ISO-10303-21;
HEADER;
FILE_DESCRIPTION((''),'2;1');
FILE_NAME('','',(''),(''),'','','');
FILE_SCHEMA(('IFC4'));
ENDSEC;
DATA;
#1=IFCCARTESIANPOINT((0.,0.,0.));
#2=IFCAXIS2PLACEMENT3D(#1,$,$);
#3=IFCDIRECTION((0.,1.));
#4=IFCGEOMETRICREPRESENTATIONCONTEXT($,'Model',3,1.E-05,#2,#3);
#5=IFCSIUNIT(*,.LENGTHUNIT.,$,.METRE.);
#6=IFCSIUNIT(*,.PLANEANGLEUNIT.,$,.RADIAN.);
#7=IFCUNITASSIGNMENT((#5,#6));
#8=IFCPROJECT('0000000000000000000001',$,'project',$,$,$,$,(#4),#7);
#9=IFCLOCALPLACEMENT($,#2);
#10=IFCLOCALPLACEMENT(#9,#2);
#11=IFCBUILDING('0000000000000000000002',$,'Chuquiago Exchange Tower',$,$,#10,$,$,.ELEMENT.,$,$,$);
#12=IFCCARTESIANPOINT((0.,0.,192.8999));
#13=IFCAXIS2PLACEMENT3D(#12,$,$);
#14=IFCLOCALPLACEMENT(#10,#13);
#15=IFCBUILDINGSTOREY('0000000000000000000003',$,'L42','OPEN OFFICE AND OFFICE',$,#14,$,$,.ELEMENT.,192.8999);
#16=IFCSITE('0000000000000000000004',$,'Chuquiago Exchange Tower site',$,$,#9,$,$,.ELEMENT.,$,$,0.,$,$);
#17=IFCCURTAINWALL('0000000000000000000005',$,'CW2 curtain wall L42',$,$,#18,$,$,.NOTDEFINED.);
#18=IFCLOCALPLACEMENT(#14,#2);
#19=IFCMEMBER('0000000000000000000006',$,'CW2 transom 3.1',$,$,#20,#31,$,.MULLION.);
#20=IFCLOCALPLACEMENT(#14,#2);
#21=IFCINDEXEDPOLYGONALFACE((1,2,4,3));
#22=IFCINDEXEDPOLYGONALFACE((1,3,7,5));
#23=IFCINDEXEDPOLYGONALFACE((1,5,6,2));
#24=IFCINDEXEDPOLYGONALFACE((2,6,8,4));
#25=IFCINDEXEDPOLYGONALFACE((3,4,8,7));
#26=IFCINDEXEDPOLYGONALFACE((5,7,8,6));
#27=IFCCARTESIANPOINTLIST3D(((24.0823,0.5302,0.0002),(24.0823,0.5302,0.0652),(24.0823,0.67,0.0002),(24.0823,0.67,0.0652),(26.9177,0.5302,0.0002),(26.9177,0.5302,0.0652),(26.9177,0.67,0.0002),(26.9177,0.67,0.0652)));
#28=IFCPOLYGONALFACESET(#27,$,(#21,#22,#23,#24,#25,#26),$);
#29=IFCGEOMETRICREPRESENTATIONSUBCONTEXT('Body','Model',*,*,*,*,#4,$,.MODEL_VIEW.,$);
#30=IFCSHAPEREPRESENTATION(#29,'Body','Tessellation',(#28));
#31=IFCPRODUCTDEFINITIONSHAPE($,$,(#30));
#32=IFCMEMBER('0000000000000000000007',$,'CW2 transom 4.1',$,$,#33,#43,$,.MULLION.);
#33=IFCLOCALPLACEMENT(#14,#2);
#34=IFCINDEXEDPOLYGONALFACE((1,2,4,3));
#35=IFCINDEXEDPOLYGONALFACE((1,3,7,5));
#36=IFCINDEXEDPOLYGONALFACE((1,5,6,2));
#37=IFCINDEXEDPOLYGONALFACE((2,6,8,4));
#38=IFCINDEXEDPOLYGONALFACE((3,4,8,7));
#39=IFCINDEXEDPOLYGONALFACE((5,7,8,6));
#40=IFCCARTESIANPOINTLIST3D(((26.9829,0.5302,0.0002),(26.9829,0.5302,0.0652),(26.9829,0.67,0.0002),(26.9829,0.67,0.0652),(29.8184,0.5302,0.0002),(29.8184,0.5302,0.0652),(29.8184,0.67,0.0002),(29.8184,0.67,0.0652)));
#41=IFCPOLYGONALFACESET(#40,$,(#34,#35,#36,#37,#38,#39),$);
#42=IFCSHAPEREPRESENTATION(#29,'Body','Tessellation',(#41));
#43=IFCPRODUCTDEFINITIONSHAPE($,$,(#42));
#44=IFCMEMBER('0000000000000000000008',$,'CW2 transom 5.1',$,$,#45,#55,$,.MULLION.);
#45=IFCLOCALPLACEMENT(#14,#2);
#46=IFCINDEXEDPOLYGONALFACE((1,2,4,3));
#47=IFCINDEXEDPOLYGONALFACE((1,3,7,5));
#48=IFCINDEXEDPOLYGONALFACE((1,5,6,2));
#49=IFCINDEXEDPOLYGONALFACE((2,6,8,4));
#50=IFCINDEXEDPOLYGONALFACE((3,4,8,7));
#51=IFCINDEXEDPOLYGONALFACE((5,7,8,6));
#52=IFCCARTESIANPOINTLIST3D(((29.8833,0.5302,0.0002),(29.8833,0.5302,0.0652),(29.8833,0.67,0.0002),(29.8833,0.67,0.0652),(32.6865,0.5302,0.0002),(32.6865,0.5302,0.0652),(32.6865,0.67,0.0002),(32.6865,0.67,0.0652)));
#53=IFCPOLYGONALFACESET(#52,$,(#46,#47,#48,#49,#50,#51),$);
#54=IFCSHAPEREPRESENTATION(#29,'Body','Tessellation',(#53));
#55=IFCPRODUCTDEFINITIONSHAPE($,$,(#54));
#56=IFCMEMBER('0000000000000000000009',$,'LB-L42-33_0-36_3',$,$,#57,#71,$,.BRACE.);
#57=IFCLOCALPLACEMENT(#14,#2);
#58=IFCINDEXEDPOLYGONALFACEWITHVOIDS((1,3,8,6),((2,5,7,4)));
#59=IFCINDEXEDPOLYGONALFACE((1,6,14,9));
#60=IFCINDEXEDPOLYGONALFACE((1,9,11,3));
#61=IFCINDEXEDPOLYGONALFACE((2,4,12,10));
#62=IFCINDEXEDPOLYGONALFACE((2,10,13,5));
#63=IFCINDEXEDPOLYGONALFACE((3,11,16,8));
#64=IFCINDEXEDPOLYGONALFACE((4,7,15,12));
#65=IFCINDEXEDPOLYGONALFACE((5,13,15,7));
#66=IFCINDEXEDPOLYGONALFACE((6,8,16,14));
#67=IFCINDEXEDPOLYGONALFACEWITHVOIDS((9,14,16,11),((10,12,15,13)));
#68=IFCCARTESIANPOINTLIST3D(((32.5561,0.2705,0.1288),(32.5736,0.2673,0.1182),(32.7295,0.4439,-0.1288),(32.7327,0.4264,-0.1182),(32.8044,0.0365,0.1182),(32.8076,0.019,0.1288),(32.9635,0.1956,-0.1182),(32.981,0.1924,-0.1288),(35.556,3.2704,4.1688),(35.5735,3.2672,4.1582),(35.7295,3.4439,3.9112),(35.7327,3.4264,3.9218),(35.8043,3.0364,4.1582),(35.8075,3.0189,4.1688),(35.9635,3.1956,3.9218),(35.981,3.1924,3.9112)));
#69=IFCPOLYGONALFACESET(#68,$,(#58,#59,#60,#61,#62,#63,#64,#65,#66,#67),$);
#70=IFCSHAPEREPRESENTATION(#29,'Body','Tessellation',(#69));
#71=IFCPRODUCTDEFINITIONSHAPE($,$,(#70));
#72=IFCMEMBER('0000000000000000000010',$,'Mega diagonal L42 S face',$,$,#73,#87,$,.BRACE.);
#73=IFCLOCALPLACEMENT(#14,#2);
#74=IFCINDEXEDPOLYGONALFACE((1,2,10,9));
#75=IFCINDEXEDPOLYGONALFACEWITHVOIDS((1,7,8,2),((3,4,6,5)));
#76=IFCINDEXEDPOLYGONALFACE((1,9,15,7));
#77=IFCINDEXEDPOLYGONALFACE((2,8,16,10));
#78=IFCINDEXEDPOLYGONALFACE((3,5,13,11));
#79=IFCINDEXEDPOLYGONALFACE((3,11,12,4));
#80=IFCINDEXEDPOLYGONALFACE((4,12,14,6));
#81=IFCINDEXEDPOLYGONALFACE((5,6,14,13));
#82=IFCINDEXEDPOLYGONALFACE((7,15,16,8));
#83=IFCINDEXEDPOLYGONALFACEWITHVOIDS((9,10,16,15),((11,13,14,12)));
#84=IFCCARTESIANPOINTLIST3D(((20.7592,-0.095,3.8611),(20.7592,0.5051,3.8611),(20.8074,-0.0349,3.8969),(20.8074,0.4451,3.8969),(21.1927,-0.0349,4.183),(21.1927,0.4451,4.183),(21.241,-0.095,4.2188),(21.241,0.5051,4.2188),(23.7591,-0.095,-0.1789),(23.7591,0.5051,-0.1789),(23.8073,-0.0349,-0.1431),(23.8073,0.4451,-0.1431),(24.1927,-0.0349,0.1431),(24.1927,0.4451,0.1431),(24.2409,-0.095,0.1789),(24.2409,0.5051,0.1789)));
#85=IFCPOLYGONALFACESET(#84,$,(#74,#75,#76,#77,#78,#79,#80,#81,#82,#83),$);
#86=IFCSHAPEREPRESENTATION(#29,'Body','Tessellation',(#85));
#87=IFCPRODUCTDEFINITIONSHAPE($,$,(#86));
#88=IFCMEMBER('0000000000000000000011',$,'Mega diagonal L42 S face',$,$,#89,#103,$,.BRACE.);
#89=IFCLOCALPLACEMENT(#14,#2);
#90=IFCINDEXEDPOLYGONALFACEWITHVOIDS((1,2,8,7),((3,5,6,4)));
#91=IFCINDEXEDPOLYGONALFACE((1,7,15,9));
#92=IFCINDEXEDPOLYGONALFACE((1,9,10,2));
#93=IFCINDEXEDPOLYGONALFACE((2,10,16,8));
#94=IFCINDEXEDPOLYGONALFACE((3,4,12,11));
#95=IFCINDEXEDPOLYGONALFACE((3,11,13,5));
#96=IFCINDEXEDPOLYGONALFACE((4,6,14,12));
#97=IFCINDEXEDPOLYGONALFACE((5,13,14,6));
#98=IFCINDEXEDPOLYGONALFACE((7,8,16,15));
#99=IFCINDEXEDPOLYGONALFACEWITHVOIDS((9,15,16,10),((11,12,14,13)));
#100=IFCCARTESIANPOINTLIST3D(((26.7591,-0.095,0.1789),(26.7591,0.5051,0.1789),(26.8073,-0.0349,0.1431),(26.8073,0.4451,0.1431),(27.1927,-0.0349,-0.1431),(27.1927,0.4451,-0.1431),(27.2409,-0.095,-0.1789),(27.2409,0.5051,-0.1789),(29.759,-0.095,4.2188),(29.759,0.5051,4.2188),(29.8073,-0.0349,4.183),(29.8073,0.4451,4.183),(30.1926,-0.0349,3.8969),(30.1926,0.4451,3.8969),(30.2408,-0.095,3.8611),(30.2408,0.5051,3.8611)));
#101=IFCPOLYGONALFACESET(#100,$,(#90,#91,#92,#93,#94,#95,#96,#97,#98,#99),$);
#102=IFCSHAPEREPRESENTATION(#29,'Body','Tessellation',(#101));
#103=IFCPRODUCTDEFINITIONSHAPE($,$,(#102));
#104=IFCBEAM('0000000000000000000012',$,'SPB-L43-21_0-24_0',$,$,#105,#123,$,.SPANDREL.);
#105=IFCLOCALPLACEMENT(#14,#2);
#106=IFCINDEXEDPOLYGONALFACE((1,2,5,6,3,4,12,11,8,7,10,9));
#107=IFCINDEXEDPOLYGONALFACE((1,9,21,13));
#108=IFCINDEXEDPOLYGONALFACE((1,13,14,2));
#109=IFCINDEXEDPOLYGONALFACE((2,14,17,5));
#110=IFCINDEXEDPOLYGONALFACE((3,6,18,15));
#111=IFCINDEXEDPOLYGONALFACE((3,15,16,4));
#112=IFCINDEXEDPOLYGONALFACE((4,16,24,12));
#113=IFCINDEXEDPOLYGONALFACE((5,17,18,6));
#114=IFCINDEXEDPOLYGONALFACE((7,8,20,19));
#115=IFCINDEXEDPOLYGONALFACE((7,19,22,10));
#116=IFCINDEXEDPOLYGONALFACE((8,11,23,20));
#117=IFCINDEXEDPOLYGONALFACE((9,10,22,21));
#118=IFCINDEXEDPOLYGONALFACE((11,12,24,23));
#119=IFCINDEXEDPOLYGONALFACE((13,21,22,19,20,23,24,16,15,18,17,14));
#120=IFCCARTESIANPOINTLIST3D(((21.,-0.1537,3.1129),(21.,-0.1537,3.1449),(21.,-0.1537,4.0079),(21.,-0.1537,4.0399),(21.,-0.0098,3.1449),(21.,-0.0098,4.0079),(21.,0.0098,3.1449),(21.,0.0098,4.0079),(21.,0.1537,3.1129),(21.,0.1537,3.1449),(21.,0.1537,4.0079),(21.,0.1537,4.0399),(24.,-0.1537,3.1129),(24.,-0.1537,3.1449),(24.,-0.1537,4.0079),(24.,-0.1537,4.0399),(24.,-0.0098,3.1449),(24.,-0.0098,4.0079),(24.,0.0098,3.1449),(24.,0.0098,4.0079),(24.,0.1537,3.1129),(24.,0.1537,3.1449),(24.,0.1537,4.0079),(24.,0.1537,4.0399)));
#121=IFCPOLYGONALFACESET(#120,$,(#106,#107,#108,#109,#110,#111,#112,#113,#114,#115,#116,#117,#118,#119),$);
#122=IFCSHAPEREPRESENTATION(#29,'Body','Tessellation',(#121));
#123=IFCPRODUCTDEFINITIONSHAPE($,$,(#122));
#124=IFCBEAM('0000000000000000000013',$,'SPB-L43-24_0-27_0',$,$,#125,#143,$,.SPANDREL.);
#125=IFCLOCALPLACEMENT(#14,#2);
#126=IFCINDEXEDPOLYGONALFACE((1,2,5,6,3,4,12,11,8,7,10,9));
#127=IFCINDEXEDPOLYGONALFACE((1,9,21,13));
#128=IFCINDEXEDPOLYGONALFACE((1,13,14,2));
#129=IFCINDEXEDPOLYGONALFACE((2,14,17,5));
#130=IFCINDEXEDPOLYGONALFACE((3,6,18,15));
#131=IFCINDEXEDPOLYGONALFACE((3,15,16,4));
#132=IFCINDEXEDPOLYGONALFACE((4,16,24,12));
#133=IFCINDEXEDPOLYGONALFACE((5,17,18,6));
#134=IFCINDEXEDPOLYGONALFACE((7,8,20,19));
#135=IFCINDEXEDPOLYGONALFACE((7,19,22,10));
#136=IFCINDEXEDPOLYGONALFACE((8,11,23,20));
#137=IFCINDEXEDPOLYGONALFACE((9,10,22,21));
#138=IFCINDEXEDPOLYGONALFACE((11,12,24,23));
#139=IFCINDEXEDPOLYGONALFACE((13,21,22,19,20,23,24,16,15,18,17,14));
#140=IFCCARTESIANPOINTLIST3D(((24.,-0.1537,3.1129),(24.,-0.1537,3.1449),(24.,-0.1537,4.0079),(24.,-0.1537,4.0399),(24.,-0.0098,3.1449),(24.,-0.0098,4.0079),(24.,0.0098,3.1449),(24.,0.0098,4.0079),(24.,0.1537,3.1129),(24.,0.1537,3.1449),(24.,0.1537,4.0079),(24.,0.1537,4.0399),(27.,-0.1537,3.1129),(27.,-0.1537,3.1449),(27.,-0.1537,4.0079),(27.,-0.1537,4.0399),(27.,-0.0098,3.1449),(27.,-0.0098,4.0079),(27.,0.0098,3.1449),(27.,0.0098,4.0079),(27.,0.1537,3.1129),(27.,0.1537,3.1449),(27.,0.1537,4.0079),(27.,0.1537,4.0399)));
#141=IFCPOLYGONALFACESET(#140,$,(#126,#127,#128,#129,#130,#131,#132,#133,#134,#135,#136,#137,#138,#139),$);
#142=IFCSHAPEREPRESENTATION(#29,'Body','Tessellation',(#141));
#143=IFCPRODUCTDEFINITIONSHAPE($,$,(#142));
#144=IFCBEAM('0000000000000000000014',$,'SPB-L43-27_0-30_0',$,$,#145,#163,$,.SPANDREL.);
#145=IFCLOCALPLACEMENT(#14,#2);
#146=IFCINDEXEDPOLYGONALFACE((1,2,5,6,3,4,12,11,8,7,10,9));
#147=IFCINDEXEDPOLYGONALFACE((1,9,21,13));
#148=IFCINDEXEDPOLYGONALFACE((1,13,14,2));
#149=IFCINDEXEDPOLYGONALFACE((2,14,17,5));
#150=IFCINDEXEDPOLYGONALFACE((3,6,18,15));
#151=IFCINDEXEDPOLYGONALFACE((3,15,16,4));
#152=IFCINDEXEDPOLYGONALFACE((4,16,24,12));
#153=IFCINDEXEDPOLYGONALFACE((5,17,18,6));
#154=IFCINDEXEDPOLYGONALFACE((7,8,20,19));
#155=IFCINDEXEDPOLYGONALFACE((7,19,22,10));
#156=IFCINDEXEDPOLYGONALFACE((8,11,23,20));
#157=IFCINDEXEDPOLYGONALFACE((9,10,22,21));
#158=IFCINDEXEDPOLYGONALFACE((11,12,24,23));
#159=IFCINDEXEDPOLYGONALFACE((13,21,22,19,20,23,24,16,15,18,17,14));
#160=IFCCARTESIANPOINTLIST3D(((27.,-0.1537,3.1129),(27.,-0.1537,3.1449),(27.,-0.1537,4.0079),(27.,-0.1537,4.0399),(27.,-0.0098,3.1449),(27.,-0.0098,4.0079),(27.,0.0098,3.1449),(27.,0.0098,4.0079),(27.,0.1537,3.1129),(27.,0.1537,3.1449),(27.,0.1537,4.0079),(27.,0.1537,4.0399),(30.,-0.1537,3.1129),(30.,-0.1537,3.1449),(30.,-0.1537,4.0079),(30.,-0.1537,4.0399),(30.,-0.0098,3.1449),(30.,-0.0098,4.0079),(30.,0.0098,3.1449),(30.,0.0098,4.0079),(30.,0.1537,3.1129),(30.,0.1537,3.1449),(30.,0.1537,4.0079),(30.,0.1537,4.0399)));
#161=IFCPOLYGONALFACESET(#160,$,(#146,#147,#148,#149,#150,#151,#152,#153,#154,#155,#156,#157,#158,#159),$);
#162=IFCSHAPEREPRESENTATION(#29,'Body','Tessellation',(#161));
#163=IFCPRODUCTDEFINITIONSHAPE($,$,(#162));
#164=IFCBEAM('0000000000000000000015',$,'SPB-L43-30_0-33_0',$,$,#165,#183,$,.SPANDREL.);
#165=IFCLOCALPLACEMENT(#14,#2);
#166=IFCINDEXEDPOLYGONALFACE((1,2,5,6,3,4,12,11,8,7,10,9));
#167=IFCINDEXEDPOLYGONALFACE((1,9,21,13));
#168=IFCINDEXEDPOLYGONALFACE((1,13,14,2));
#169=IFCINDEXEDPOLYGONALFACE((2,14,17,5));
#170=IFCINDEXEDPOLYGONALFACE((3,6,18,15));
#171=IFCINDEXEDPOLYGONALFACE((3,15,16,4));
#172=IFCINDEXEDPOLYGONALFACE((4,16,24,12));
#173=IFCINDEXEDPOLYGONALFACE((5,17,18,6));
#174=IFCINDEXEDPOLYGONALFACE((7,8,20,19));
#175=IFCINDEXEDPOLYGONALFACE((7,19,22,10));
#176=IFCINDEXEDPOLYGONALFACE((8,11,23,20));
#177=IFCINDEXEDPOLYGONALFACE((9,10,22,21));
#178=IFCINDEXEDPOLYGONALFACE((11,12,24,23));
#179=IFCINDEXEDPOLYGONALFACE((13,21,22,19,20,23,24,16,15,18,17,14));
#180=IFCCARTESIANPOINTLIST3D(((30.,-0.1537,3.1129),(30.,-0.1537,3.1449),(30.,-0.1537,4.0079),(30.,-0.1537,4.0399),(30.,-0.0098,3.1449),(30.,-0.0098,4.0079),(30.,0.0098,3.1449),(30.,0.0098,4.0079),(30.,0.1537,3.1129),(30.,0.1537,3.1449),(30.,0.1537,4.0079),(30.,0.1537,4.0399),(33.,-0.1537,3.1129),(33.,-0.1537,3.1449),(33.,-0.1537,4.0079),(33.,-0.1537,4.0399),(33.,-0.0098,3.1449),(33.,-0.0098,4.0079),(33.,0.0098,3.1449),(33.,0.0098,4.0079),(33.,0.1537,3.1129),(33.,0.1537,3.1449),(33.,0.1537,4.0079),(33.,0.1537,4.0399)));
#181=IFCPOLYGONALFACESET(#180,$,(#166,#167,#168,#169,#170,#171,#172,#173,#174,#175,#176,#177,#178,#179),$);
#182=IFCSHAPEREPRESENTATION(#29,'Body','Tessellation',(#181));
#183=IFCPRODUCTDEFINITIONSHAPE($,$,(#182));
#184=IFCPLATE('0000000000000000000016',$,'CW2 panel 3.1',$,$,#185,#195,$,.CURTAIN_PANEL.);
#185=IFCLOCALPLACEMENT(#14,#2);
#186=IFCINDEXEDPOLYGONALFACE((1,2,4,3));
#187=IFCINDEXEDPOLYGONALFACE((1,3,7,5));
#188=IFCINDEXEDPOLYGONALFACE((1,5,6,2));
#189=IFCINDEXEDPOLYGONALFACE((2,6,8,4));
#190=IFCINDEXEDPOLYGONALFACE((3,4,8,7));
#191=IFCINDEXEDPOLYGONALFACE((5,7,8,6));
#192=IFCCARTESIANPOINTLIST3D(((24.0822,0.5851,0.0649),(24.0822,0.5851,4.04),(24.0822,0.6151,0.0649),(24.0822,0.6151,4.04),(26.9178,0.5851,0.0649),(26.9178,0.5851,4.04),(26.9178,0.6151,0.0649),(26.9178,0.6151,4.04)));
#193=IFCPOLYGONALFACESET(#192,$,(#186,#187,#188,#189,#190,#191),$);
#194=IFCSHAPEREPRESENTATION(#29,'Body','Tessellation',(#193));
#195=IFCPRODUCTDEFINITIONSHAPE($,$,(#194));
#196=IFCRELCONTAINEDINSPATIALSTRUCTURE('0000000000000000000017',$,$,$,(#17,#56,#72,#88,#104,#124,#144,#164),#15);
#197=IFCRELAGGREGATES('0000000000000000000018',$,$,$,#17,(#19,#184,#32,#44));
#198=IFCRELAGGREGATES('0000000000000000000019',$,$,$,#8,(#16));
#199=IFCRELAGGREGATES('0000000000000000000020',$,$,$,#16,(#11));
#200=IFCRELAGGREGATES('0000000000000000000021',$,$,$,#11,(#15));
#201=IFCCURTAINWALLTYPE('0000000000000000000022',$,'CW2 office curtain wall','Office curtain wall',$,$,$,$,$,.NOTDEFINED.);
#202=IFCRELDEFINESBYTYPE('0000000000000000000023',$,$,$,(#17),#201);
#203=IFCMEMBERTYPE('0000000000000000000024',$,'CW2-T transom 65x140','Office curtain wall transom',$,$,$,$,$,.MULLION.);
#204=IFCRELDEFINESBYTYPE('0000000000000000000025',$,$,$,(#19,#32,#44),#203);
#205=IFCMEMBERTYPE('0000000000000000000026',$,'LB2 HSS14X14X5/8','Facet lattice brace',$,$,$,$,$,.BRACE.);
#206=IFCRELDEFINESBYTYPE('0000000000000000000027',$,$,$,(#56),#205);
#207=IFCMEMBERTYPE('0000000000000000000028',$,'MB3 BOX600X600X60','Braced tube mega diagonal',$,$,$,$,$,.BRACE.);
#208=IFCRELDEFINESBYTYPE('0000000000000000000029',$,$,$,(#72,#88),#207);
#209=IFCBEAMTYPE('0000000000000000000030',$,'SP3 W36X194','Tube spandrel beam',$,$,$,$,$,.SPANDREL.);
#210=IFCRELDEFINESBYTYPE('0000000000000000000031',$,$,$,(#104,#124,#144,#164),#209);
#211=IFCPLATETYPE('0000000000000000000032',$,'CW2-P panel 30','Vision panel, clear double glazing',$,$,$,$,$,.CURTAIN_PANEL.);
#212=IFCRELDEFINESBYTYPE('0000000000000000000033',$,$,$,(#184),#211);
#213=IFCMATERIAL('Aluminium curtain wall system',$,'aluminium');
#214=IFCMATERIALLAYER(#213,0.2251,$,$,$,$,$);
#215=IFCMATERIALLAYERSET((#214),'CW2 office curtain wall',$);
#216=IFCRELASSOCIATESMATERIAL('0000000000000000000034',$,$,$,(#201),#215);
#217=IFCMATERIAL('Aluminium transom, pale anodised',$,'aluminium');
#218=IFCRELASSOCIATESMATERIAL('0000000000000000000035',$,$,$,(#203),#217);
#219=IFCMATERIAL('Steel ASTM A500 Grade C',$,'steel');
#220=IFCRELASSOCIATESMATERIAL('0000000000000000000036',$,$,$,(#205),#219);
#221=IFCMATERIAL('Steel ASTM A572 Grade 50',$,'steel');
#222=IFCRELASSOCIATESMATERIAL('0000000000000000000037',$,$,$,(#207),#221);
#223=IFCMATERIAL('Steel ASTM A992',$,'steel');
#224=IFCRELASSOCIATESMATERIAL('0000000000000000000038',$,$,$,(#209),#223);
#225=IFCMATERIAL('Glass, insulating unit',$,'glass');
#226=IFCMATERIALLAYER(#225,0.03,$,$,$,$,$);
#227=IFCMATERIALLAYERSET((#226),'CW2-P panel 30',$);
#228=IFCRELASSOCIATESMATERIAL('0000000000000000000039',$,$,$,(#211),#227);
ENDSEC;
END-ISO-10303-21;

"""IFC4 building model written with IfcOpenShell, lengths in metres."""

from ifc_helpers import new_model, si_unit, direction, frame, origin, origin_2d, place, context, subcontext, project, spatial, rectangle, hollow_rectangle, i_section, extrude, material, layer, layer_set, material_profile, profile_set, type_object, element, aggregate, save


model = new_model("IFC4")

# Units and contexts
model_context = context("Model", 3, precision=1e-05, world=origin(), true_north=direction((0.0, 1.0)))
body_context = subcontext(model_context, "Body", "Model", "MODEL_VIEW")
ifc_project = project(units=[si_unit("LENGTHUNIT", "METRE"), si_unit("PLANEANGLEUNIT", "RADIAN")], contexts=[model_context])

# Site, building, storey
site_placement = place(None, origin())
site = spatial("IfcSite", under=ifc_project, at=site_placement, Name="Chuquiago Exchange Tower site", CompositionType="ELEMENT", RefElevation=0.0)
building_placement = place(site_placement, origin())
building = spatial("IfcBuilding", under=site, at=building_placement, Name="Chuquiago Exchange Tower", CompositionType="ELEMENT")
storey_placement = place(building_placement, frame((0.0, 0.0, 192.8999)))
storey = spatial("IfcBuildingStorey", under=building, at=storey_placement, Name="L42", Description="OPEN OFFICE AND OFFICE", CompositionType="ELEMENT", Elevation=192.8999)

# Curtain wall, members
ifc_material_1 = material(Name="Aluminium curtain wall system", Category="aluminium")
ifc_layer_1 = layer(ifc_material_1, 0.2251)
ifc_layer_set_1 = layer_set([ifc_layer_1], Name="CW2 office curtain wall")
curtain_wall_type = type_object("IfcCurtainWallType", Name="CW2 office curtain wall", Description="Office curtain wall", PredefinedType="NOTDEFINED", material=ifc_layer_set_1)
curtain_wall_placement = place(storey_placement, origin())
curtain_wall = element("IfcCurtainWall", 1, at=curtain_wall_placement, inside=storey, type_object=curtain_wall_type, Name="CW2 curtain wall L42", PredefinedType="NOTDEFINED")
ifc_material_2 = material(Name="Aluminium transom, pale anodised", Category="aluminium")
ifc_material_profile_1 = material_profile(ifc_material_2, rectangle(XDim=0.1399, YDim=0.0649, at=origin_2d()), Name="AL 140x65")
ifc_profile_set_1 = profile_set([ifc_material_profile_1], Name="Aluminium transom, pale anodised")
member_type_1 = type_object("IfcMemberType", Name="CW2-T transom 65x140", Description="Office curtain wall transom", PredefinedType="MULLION", material=ifc_profile_set_1)
member_1_placement = place(storey_placement, frame((24.0823, 0.6001, 0.0327), z_axis=(1.0, 0.0, 0.0), x_axis=(0.0, 1.0, 0.0)))
member_1 = element("IfcMember", 2, at=member_1_placement, type_object=member_type_1, Name="CW2 transom 3.1", PredefinedType="MULLION", context=body_context, shape_type="SweptSolid", body=[
    extrude(rectangle(XDim=0.1399, YDim=0.0649, at=origin_2d()), origin(), (0.0, 0.0, 1.0), 2.8354),
])
member_2_placement = place(storey_placement, frame((26.9829, 0.6001, 0.0327), z_axis=(1.0, 0.0, 0.0), x_axis=(0.0, 1.0, 0.0)))
member_2 = element("IfcMember", 3, at=member_2_placement, type_object=member_type_1, Name="CW2 transom 4.1", PredefinedType="MULLION", context=body_context, shape_type="SweptSolid", body=[
    extrude(rectangle(XDim=0.1399, YDim=0.0649, at=origin_2d()), origin(), (0.0, 0.0, 1.0), 2.8354),
])
member_3_placement = place(storey_placement, frame((29.8833, 0.6001, 0.0327), z_axis=(1.0, 0.0, 0.0), x_axis=(0.0, 1.0, 0.0)))
member_3 = element("IfcMember", 4, at=member_3_placement, type_object=member_type_1, Name="CW2 transom 5.1", PredefinedType="MULLION", context=body_context, shape_type="SweptSolid", body=[
    extrude(rectangle(XDim=0.1399, YDim=0.0649, at=origin_2d()), origin(), (0.0, 0.0, 1.0), 2.8032),
])

# Members
ifc_material_3 = material(Name="Steel ASTM A500 Grade C", Category="steel")
ifc_material_profile_2 = material_profile(ifc_material_3, hollow_rectangle(XDim=0.3557, YDim=0.3557, WallThickness=0.0146, at=origin_2d()), Name="HSS14X14X5/8")
ifc_profile_set_2 = profile_set([ifc_material_profile_2], Name="Steel ASTM A500 Grade C")
member_type_2 = type_object("IfcMemberType", Name="LB2 HSS14X14X5/8", Description="Facet lattice brace", PredefinedType="BRACE", material=ifc_profile_set_2)
member_4_placement = place(storey_placement, frame((32.7686, 0.2314, 0.0), z_axis=(0.512077, 0.512077, 0.689604), x_axis=(-0.707107, 0.707107, 0.0)))
element("IfcMember", 5, at=member_4_placement, inside=storey, type_object=member_type_2, Name="LB-L42-33_0-36_3", PredefinedType="BRACE", context=body_context, shape_type="SweptSolid", body=[
    extrude(hollow_rectangle(XDim=0.3557, YDim=0.3557, WallThickness=0.0146, at=origin_2d()), origin(), (0.0, 0.0, 1.0), 5.8584),
])
ifc_material_4 = material(Name="Steel ASTM A572 Grade 50", Category="steel")
ifc_material_profile_3 = material_profile(ifc_material_4, hollow_rectangle(XDim=0.6001, YDim=0.6001, WallThickness=0.0601, at=origin_2d()), Name="BOX600X600X60")
ifc_profile_set_3 = profile_set([ifc_material_profile_3], Name="Steel ASTM A572 Grade 50")
member_type_3 = type_object("IfcMemberType", Name="MB3 BOX600X600X60", Description="Braced tube mega diagonal", PredefinedType="BRACE", material=ifc_profile_set_3)
for number, where, z_axis, x_axis, name in (
    (6, (24.0, 0.2051, 0.0), (-0.596174, 0.0, 0.802855), (0.0, -1.0, 0.0), "Mega diagonal L42 S face"),
    (7, (27.0, 0.2051, 0.0), (0.596174, 0.0, 0.802855), (0.0, 1.0, 0.0), "Mega diagonal L42 S face"),
):
    element("IfcMember", number, at=place(storey_placement, frame(where, z_axis=z_axis, x_axis=x_axis)), inside=storey, type_object=member_type_3, Name=name, PredefinedType="BRACE", context=body_context, shape_type="SweptSolid", body=[
        extrude(hollow_rectangle(XDim=0.6001, YDim=0.6001, WallThickness=0.0601, at=origin_2d()), origin(), (0.0, 0.0, 1.0), 5.032),
    ])

# Beams
ifc_material_5 = material(Name="Steel ASTM A992", Category="steel")
ifc_material_profile_4 = material_profile(ifc_material_5, i_section(OverallWidth=0.3074, OverallDepth=0.927, WebThickness=0.0195, FlangeThickness=0.032, at=origin_2d()), Name="W36X194")
ifc_profile_set_4 = profile_set([ifc_material_profile_4], Name="Steel ASTM A992")
beam_type = type_object("IfcBeamType", Name="SP3 W36X194", Description="Tube spandrel beam", PredefinedType="SPANDREL", material=ifc_profile_set_4)
for number, where, z_axis, x_axis, name in (
    (8, (21.0, 0.0, 3.5764), (1.0, 0.0, 0.0), (0.0, 1.0, 0.0), "SPB-L43-21_0-24_0"),
    (9, (24.0, 0.0, 3.5764), (1.0, 0.0, 0.0), (0.0, 1.0, 0.0), "SPB-L43-24_0-27_0"),
    (10, (27.0, 0.0, 3.5764), (1.0, 0.0, 0.0), (0.0, 1.0, 0.0), "SPB-L43-27_0-30_0"),
    (11, (30.0, 0.0, 3.5764), (1.0, 0.0, 0.0), (0.0, 1.0, 0.0), "SPB-L43-30_0-33_0"),
):
    element("IfcBeam", number, at=place(storey_placement, frame(where, z_axis=z_axis, x_axis=x_axis)), inside=storey, type_object=beam_type, Name=name, PredefinedType="SPANDREL", context=body_context, shape_type="SweptSolid", body=[
        extrude(i_section(OverallWidth=0.3074, OverallDepth=0.927, WebThickness=0.0195, FlangeThickness=0.032, at=origin_2d()), origin(), (0.0, 0.0, 1.0), 3.0),
    ])

# Plate
ifc_material_6 = material(Name="Glass, insulating unit", Category="glass")
ifc_layer_2 = layer(ifc_material_6, 0.03)
ifc_layer_set_2 = layer_set([ifc_layer_2], Name="CW2-P panel 30")
plate_type_1 = type_object("IfcPlateType", Name="CW2-P panel 30", Description="Vision panel, clear double glazing", PredefinedType="CURTAIN_PANEL", material=ifc_layer_set_2)
plate_1_placement = place(storey_placement, frame((25.5, 0.6001, 0.0649), z_axis=(0.0, 0.0, 1.0), x_axis=(1.0, 0.0, 0.0)))
plate_1 = element("IfcPlate", 12, at=plate_1_placement, type_object=plate_type_1, Name="CW2 panel 3.1", PredefinedType="CURTAIN_PANEL", context=body_context, shape_type="SweptSolid", body=[
    extrude(rectangle(XDim=2.8357, YDim=0.03, at=origin_2d()), origin(), (0.0, 0.0, 1.0), 3.9751),
])
aggregate(curtain_wall, [member_1, plate_1, member_2, member_3])

save(model, "model.ifc")
